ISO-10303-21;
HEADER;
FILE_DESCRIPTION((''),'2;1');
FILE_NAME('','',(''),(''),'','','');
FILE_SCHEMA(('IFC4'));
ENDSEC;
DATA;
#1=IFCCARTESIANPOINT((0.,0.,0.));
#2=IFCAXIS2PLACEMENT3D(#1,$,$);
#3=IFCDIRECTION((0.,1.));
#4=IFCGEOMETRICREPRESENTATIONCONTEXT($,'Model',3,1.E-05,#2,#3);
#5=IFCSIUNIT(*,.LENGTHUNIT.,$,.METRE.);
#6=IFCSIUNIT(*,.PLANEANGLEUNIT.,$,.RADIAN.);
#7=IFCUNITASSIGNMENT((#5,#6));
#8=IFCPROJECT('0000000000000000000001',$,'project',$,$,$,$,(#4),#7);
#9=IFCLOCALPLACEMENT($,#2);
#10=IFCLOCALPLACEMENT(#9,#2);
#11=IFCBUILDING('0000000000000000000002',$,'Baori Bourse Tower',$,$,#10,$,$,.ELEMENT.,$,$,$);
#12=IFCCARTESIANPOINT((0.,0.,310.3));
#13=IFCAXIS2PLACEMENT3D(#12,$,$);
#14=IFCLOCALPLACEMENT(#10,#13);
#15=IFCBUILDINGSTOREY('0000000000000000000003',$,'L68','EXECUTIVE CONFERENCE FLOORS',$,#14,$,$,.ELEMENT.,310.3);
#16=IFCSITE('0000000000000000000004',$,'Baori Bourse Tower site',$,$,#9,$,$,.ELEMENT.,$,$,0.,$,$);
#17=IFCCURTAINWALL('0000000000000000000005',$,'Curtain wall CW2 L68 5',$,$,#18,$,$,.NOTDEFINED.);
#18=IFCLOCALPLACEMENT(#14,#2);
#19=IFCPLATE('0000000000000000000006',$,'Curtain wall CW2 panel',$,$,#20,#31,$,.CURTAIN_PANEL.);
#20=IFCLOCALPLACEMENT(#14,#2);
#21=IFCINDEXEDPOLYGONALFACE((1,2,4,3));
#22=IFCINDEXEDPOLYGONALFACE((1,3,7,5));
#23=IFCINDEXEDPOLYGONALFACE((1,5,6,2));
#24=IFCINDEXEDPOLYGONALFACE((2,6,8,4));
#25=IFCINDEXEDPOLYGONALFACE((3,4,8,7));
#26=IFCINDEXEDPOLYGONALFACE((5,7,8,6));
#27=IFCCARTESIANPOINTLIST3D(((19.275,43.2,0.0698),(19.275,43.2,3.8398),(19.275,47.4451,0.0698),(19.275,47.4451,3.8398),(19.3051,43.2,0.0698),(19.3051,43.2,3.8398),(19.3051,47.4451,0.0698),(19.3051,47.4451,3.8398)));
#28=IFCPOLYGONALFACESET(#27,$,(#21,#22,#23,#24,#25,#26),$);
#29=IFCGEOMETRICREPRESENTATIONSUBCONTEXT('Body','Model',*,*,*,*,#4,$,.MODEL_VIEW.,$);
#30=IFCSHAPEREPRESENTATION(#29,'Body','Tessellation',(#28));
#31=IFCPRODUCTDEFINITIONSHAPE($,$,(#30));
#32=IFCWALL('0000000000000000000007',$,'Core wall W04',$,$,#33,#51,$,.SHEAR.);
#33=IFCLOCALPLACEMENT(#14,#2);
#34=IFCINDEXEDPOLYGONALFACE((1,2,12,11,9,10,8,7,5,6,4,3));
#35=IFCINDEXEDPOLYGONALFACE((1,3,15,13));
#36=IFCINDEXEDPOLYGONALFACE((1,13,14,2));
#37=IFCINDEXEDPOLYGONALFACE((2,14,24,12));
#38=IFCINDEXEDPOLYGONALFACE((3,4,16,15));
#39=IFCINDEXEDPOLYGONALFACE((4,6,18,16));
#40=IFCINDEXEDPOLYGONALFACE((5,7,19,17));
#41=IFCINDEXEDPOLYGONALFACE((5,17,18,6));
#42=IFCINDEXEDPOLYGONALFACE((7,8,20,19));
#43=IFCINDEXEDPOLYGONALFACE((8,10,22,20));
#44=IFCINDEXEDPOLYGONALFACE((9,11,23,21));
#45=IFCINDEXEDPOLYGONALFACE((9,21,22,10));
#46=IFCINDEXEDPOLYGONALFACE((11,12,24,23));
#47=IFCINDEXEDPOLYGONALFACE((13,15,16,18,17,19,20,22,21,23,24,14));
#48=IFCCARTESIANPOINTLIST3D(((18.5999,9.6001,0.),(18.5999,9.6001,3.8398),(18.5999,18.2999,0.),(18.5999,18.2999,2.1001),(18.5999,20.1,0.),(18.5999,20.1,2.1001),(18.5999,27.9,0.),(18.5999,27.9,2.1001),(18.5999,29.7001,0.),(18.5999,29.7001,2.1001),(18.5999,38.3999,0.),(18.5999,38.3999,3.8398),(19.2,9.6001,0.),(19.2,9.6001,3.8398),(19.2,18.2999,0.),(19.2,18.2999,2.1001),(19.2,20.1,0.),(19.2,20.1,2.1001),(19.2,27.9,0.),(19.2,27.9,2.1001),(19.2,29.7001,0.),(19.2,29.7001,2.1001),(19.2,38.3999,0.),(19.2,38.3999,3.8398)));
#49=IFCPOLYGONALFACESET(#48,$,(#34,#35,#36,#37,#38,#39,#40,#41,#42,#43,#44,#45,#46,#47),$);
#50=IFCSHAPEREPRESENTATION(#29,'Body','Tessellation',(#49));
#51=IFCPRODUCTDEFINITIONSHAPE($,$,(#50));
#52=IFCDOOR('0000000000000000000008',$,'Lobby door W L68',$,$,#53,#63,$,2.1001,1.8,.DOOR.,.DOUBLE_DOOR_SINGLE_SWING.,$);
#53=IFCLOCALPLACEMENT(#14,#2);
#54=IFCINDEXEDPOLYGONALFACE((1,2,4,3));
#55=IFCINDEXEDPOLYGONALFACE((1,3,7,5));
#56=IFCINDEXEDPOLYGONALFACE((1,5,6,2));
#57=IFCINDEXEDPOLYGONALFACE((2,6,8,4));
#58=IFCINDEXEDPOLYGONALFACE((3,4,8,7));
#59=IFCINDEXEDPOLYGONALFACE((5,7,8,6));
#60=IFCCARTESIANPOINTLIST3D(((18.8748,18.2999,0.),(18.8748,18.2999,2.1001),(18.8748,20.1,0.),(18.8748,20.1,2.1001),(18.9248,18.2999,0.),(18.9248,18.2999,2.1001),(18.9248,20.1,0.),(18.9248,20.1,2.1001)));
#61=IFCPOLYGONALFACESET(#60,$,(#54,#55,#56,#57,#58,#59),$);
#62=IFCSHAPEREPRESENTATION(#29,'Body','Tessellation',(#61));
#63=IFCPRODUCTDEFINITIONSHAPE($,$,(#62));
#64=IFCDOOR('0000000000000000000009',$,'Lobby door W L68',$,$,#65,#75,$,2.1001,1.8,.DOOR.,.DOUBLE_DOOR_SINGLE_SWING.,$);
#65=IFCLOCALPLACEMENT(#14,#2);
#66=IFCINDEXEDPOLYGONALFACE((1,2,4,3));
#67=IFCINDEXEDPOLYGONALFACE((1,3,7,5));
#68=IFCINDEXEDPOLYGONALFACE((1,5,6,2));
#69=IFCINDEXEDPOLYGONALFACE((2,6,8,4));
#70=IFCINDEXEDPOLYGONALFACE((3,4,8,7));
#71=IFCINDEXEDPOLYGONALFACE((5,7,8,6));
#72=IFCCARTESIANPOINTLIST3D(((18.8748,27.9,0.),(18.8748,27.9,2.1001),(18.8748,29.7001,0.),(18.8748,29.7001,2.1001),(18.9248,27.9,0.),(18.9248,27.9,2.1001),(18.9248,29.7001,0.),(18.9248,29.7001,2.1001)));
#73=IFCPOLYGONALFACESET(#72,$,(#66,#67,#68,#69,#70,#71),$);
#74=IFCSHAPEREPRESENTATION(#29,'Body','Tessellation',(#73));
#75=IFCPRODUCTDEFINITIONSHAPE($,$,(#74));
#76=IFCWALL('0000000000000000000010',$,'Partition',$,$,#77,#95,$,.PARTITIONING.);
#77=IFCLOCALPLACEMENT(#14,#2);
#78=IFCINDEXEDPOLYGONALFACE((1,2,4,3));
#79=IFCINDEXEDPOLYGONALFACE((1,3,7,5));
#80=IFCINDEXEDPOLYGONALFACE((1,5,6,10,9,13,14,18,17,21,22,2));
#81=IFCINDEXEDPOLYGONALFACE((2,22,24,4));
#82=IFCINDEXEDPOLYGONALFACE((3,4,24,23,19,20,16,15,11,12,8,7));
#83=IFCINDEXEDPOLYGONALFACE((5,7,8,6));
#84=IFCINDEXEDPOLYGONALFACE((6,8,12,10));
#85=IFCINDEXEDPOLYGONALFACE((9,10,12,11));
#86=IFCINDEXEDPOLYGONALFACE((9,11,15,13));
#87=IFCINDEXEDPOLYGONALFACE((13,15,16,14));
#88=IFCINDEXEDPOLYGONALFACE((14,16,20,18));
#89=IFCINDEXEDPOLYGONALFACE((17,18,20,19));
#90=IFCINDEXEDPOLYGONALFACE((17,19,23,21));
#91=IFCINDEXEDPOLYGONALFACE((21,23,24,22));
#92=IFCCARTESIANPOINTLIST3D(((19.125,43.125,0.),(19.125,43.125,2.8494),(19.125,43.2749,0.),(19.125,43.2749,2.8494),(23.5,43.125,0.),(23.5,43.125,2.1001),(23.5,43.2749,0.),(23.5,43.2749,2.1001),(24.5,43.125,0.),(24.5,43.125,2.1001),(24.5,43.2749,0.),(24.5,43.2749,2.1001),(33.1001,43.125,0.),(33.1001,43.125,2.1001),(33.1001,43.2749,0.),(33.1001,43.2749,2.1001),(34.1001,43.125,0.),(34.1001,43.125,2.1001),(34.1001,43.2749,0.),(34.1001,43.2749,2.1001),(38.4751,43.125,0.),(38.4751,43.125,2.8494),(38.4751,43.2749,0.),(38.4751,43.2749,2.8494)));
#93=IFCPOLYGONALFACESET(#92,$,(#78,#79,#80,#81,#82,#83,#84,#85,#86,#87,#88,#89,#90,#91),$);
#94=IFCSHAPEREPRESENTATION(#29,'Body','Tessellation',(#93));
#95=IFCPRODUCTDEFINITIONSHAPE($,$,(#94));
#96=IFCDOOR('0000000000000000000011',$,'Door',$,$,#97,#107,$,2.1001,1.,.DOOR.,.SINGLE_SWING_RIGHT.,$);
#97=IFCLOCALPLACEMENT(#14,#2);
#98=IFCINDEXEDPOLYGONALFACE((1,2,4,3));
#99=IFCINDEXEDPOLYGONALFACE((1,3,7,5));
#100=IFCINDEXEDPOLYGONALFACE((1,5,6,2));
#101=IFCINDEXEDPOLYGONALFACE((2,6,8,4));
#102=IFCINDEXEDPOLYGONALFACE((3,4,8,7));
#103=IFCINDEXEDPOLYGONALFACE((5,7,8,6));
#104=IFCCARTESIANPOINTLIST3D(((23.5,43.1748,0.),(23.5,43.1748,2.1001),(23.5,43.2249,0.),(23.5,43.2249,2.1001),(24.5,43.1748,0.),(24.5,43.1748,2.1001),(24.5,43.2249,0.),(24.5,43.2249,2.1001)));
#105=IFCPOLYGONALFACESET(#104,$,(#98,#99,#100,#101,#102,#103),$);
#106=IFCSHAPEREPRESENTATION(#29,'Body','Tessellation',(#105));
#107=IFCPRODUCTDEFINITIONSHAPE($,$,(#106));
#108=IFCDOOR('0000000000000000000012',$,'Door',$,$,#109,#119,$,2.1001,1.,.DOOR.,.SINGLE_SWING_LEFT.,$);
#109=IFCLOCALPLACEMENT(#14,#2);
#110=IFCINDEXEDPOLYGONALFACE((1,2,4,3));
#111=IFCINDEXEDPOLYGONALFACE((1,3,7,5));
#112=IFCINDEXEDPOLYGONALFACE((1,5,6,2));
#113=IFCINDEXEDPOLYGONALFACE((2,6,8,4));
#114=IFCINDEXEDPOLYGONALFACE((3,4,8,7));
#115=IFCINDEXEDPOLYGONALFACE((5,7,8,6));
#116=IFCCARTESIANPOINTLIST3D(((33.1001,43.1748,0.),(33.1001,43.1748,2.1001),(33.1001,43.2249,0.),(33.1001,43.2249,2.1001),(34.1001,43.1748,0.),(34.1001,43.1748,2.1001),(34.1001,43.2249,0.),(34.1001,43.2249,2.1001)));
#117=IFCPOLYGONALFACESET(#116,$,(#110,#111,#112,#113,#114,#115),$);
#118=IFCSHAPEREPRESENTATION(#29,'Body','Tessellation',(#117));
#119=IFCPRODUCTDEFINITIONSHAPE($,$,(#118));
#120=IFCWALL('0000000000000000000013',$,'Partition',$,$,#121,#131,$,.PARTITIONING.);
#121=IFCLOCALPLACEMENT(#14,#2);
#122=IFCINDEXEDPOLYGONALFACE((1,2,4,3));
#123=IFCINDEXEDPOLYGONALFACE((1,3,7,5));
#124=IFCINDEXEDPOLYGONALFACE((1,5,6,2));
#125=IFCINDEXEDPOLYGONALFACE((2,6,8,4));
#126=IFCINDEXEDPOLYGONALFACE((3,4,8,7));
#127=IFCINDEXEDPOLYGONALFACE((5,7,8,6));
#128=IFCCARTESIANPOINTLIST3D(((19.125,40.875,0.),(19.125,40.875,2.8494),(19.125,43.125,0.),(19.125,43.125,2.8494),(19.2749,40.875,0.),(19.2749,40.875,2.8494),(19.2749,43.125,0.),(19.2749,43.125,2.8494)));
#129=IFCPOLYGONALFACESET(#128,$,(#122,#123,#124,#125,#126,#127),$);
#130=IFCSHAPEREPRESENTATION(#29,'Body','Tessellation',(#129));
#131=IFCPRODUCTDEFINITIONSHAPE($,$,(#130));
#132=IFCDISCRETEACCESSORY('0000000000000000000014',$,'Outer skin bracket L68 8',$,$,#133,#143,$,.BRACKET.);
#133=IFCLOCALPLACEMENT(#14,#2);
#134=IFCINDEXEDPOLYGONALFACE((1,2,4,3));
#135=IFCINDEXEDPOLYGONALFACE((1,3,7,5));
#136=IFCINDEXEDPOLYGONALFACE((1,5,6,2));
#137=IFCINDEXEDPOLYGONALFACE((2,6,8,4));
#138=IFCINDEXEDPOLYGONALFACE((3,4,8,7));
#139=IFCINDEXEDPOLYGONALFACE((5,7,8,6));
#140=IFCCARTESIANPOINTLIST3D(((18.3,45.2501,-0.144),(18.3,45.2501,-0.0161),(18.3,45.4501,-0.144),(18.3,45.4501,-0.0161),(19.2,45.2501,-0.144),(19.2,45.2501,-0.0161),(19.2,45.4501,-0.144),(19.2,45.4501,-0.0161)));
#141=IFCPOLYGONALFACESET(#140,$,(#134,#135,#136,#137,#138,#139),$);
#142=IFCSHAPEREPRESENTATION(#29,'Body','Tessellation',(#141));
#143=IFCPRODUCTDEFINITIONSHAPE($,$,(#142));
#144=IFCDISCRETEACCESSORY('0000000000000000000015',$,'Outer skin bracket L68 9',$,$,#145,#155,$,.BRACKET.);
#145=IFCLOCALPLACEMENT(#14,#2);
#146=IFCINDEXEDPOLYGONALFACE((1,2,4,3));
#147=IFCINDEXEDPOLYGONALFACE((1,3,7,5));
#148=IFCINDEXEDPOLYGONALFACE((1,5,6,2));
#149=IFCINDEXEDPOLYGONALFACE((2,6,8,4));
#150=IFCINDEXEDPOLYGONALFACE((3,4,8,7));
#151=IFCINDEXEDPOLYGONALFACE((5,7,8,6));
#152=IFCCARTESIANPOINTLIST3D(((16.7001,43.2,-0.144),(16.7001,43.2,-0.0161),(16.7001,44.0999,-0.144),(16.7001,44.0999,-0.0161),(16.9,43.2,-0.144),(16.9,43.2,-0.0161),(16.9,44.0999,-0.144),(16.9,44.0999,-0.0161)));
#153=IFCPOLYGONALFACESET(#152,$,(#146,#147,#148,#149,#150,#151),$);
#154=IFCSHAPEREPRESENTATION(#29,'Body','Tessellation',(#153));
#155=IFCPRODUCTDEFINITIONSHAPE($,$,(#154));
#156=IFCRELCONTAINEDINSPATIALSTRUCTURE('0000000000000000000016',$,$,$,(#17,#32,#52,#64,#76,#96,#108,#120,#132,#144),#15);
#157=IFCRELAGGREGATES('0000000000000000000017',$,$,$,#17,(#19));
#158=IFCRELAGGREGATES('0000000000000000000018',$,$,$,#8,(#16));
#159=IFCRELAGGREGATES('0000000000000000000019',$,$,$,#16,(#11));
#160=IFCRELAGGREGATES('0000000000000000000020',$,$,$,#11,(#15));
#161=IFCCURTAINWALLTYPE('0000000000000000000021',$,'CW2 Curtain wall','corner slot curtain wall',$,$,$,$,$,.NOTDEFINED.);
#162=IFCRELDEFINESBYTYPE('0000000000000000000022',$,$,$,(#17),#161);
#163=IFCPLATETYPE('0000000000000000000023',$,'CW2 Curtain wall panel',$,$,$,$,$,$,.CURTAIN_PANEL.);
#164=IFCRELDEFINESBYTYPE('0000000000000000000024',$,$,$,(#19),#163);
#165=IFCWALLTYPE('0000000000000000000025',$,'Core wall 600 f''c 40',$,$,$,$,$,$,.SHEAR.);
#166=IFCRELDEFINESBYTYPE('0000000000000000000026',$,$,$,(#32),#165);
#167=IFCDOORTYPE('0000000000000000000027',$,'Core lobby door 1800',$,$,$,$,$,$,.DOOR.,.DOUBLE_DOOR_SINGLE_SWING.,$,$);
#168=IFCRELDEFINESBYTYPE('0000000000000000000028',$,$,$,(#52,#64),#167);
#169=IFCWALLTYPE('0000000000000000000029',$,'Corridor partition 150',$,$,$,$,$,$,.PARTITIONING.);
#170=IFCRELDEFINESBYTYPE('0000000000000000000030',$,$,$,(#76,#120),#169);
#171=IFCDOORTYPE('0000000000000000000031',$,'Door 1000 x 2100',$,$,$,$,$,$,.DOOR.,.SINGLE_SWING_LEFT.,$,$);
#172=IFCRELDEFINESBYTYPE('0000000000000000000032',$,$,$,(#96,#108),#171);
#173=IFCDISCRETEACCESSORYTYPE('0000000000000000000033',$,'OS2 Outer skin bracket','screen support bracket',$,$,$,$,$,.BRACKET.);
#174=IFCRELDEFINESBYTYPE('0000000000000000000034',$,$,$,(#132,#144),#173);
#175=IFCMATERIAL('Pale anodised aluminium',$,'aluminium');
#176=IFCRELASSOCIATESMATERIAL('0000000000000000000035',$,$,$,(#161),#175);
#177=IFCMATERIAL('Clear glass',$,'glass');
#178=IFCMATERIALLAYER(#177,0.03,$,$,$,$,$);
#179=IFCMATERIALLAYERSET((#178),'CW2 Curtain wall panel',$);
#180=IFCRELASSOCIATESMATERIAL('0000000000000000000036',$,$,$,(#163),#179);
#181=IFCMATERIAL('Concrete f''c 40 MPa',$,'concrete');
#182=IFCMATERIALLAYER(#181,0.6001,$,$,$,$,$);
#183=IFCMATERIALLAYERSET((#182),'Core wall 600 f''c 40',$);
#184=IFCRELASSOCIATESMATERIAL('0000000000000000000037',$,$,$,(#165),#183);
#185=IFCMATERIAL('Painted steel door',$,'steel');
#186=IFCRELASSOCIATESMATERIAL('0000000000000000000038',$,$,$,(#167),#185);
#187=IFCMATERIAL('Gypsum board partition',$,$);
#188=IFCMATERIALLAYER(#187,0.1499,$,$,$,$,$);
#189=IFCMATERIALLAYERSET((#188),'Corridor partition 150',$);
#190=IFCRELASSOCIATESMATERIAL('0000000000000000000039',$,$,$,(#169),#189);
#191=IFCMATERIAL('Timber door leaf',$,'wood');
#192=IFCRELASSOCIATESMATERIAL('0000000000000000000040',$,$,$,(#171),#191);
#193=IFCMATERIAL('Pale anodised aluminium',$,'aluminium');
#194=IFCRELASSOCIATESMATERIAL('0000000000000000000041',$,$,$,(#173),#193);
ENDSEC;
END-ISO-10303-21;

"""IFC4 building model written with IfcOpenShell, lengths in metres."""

from ifc_helpers import new_model, si_unit, direction, frame, frame_2d, origin, origin_2d, place, context, subcontext, project, spatial, rectangle, extrude, material, layer, layer_set, type_object, element, fill, aggregate, save


model = new_model("IFC4")

# Units and contexts
model_context = context("Model", 3, precision=1e-05, world=origin(), true_north=direction((0.0, 1.0)))
body_context = subcontext(model_context, "Body", "Model", "MODEL_VIEW")
ifc_project = project(units=[si_unit("LENGTHUNIT", "METRE"), si_unit("PLANEANGLEUNIT", "RADIAN")], contexts=[model_context])

# Site, building, storey
site_placement = place(None, origin())
site = spatial("IfcSite", under=ifc_project, at=site_placement, Name="Baori Bourse Tower site", CompositionType="ELEMENT", RefElevation=0.0)
building_placement = place(site_placement, origin())
building = spatial("IfcBuilding", under=site, at=building_placement, Name="Baori Bourse Tower", CompositionType="ELEMENT")
storey_placement = place(building_placement, frame((0.0, 0.0, 310.3)))
storey = spatial("IfcBuildingStorey", under=building, at=storey_placement, Name="L68", Description="EXECUTIVE CONFERENCE FLOORS", CompositionType="ELEMENT", Elevation=310.3)

# Curtain wall
ifc_material_1 = material(Name="Pale anodised aluminium", Category="aluminium")
curtain_wall_type = type_object("IfcCurtainWallType", Name="CW2 Curtain wall", Description="corner slot curtain wall", PredefinedType="NOTDEFINED", material=ifc_material_1)
curtain_wall_1_placement = place(storey_placement, origin())
curtain_wall_1 = element("IfcCurtainWall", 1, at=curtain_wall_1_placement, inside=storey, type_object=curtain_wall_type, Name="Curtain wall CW2 L68 5", PredefinedType="NOTDEFINED")

# Plate
ifc_material_2 = material(Name="Clear glass", Category="glass")
ifc_layer_1 = layer(ifc_material_2, 0.03)
ifc_layer_set_1 = layer_set([ifc_layer_1], Name="CW2 Curtain wall panel")
plate_type = type_object("IfcPlateType", Name="CW2 Curtain wall panel", PredefinedType="CURTAIN_PANEL", material=ifc_layer_set_1)
plate_placement = place(storey_placement, frame((19.29, 45.3225, 0.0698), z_axis=(0.0, 0.0, 1.0), x_axis=(0.0, -1.0, 0.0)))
plate = element("IfcPlate", 2, at=plate_placement, type_object=plate_type, Name="Curtain wall CW2 panel", PredefinedType="CURTAIN_PANEL", context=body_context, shape_type="SweptSolid", body=[
    extrude(rectangle(XDim=4.2451, YDim=0.03, at=origin_2d()), origin(), (0.0, 0.0, 1.0), 3.77),
])
aggregate(curtain_wall_1, [plate])

# Walls, openings, doors
ifc_material_3 = material(Name="Concrete f'c 40 MPa", Category="concrete")
ifc_layer_2 = layer(ifc_material_3, 0.6001)
ifc_layer_set_2 = layer_set([ifc_layer_2], Name="Core wall 600 f'c 40")
wall_type_1 = type_object("IfcWallType", Name="Core wall 600 f'c 40", PredefinedType="SHEAR", material=ifc_layer_set_2)
wall_1_placement = place(storey_placement, frame((18.8999, 38.3999, 0.0), z_axis=(0.0, 0.0, 1.0), x_axis=(0.0, -1.0, 0.0)))
wall_1 = element("IfcWall", 3, at=wall_1_placement, inside=storey, type_object=wall_type_1, Name="Core wall W04", PredefinedType="SHEAR", context=body_context, shape_type="SweptSolid", body=[
    extrude(rectangle(XDim=28.7998, YDim=0.6001, at=frame_2d((14.3999, 0.0))), origin(), (0.0, 0.0, 1.0), 3.8398),
])
opening_1_placement = place(wall_1_placement, frame((18.3, 0.0, 0.0)))
opening_1 = element("IfcOpeningElement", 4, at=opening_1_placement, cuts=wall_1, PredefinedType="OPENING", context=body_context, shape_type="SweptSolid", body=[
    extrude(rectangle(XDim=1.8, YDim=2.1001, at=frame_2d((0.8999, 1.05))), frame((0.0, 0.3101, 0.0), z_axis=(0.0, -1.0, 0.0), x_axis=(1.0, 0.0, 0.0)), (0.0, 0.0, 1.0), 0.6201),
])
opening_2_placement = place(wall_1_placement, frame((8.7, 0.0, 0.0)))
opening_2 = element("IfcOpeningElement", 5, at=opening_2_placement, cuts=wall_1, PredefinedType="OPENING", context=body_context, shape_type="SweptSolid", body=[
    extrude(rectangle(XDim=1.8, YDim=2.1001, at=frame_2d((0.8999, 1.05))), frame((0.0, 0.3101, 0.0), z_axis=(0.0, -1.0, 0.0), x_axis=(1.0, 0.0, 0.0)), (0.0, 0.0, 1.0), 0.6201),
])
ifc_material_4 = material(Name="Painted steel door", Category="steel")
door_type_1 = type_object("IfcDoorType", Name="Core lobby door 1800", OperationType="DOUBLE_DOOR_SINGLE_SWING", PredefinedType="DOOR", material=ifc_material_4)
door_1_placement = place(opening_1_placement, origin())
door_1 = element("IfcDoor", 6, at=door_1_placement, inside=storey, type_object=door_type_1, Name="Lobby door W L68", OperationType="DOUBLE_DOOR_SINGLE_SWING", OverallHeight=2.1001, OverallWidth=1.8, PredefinedType="DOOR", context=body_context, shape_type="SweptSolid", body=[
    extrude(rectangle(XDim=1.8, YDim=2.1001, at=frame_2d((0.8999, 1.05))), frame((0.0, 0.0249, 0.0), z_axis=(0.0, -1.0, 0.0), x_axis=(1.0, 0.0, 0.0)), (0.0, 0.0, 1.0), 0.05),
])
fill(opening_1, door_1)
door_2_placement = place(opening_2_placement, origin())
door_2 = element("IfcDoor", 7, at=door_2_placement, inside=storey, type_object=door_type_1, Name="Lobby door W L68", OperationType="DOUBLE_DOOR_SINGLE_SWING", OverallHeight=2.1001, OverallWidth=1.8, PredefinedType="DOOR", context=body_context, shape_type="SweptSolid", body=[
    extrude(rectangle(XDim=1.8, YDim=2.1001, at=frame_2d((0.8999, 1.05))), frame((0.0, 0.0249, 0.0), z_axis=(0.0, -1.0, 0.0), x_axis=(1.0, 0.0, 0.0)), (0.0, 0.0, 1.0), 0.05),
])
fill(opening_2, door_2)
ifc_material_5 = material(Name="Gypsum board partition")
ifc_layer_3 = layer(ifc_material_5, 0.1499)
ifc_layer_set_3 = layer_set([ifc_layer_3], Name="Corridor partition 150")
wall_type_2 = type_object("IfcWallType", Name="Corridor partition 150", PredefinedType="PARTITIONING", material=ifc_layer_set_3)
wall_2_placement = place(storey_placement, frame((19.125, 43.2, 0.0), z_axis=(0.0, 0.0, 1.0), x_axis=(1.0, 0.0, 0.0)))
wall_2 = element("IfcWall", 8, at=wall_2_placement, inside=storey, type_object=wall_type_2, Name="Partition", PredefinedType="PARTITIONING", context=body_context, shape_type="SweptSolid", body=[
    extrude(rectangle(XDim=19.3501, YDim=0.1499, at=frame_2d((9.675, 0.0))), origin(), (0.0, 0.0, 1.0), 2.8494),
])
opening_3_placement = place(wall_2_placement, frame((4.375, 0.0, 0.0)))
opening_3 = element("IfcOpeningElement", 9, at=opening_3_placement, cuts=wall_2, PredefinedType="OPENING", context=body_context, shape_type="SweptSolid", body=[
    extrude(rectangle(XDim=1.0, YDim=2.1001, at=frame_2d((0.5, 1.05))), frame((0.0, 0.085, 0.0), z_axis=(0.0, -1.0, 0.0), x_axis=(1.0, 0.0, 0.0)), (0.0, 0.0, 1.0), 0.1699),
])
opening_4_placement = place(wall_2_placement, frame((13.9751, 0.0, 0.0)))
opening_4 = element("IfcOpeningElement", 10, at=opening_4_placement, cuts=wall_2, PredefinedType="OPENING", context=body_context, shape_type="SweptSolid", body=[
    extrude(rectangle(XDim=1.0, YDim=2.1001, at=frame_2d((0.5, 1.05))), frame((0.0, 0.085, 0.0), z_axis=(0.0, -1.0, 0.0), x_axis=(1.0, 0.0, 0.0)), (0.0, 0.0, 1.0), 0.1699),
])
ifc_material_6 = material(Name="Timber door leaf", Category="wood")
door_type_2 = type_object("IfcDoorType", Name="Door 1000 x 2100", OperationType="SINGLE_SWING_LEFT", PredefinedType="DOOR", material=ifc_material_6)
door_3_placement = place(opening_3_placement, origin())
door_3 = element("IfcDoor", 11, at=door_3_placement, inside=storey, type_object=door_type_2, Name="Door", OperationType="SINGLE_SWING_RIGHT", OverallHeight=2.1001, OverallWidth=1.0, PredefinedType="DOOR", context=body_context, shape_type="SweptSolid", body=[
    extrude(rectangle(XDim=1.0, YDim=2.1001, at=frame_2d((0.5, 1.05))), frame((0.0, 0.0249, 0.0), z_axis=(0.0, -1.0, 0.0), x_axis=(1.0, 0.0, 0.0)), (0.0, 0.0, 1.0), 0.05),
])
fill(opening_3, door_3)
door_4_placement = place(opening_4_placement, origin())
door_4 = element("IfcDoor", 12, at=door_4_placement, inside=storey, type_object=door_type_2, Name="Door", OperationType="SINGLE_SWING_LEFT", OverallHeight=2.1001, OverallWidth=1.0, PredefinedType="DOOR", context=body_context, shape_type="SweptSolid", body=[
    extrude(rectangle(XDim=1.0, YDim=2.1001, at=frame_2d((0.5, 1.05))), frame((0.0, 0.0249, 0.0), z_axis=(0.0, -1.0, 0.0), x_axis=(1.0, 0.0, 0.0)), (0.0, 0.0, 1.0), 0.05),
])
fill(opening_4, door_4)

# Wall
wall_3_placement = place(storey_placement, frame((19.2, 40.875, 0.0), z_axis=(0.0, 0.0, 1.0), x_axis=(0.0, 1.0, 0.0)))
element("IfcWall", 13, at=wall_3_placement, inside=storey, type_object=wall_type_2, Name="Partition", PredefinedType="PARTITIONING", context=body_context, shape_type="SweptSolid", body=[
    extrude(rectangle(XDim=2.25, YDim=0.1499, at=frame_2d((1.125, 0.0))), origin(), (0.0, 0.0, 1.0), 2.8494),
])

# Discrete accessories
ifc_material_7 = material(Name="Pale anodised aluminium", Category="aluminium")
discrete_accessory_type = type_object("IfcDiscreteAccessoryType", Name="OS2 Outer skin bracket", Description="screen support bracket", PredefinedType="BRACKET", material=ifc_material_7)
for number, where, z_axis, x_axis, name in (
    (14, (18.75, 45.3501, -0.144), (0.0, 0.0, 1.0), (0.0, -1.0, 0.0), "Outer skin bracket L68 8"),
    (15, (16.8, 43.6499, -0.144), (0.0, 0.0, 1.0), (-1.0, 0.0, 0.0), "Outer skin bracket L68 9"),
):
    element("IfcDiscreteAccessory", number, at=place(storey_placement, frame(where, z_axis=z_axis, x_axis=x_axis)), inside=storey, type_object=discrete_accessory_type, Name=name, PredefinedType="BRACKET", context=body_context, shape_type="SweptSolid", body=[
        extrude(rectangle(XDim=0.2, YDim=0.8999, at=origin_2d()), origin(), (0.0, 0.0, 1.0), 0.1279),
    ])

save(model, "model.ifc")
